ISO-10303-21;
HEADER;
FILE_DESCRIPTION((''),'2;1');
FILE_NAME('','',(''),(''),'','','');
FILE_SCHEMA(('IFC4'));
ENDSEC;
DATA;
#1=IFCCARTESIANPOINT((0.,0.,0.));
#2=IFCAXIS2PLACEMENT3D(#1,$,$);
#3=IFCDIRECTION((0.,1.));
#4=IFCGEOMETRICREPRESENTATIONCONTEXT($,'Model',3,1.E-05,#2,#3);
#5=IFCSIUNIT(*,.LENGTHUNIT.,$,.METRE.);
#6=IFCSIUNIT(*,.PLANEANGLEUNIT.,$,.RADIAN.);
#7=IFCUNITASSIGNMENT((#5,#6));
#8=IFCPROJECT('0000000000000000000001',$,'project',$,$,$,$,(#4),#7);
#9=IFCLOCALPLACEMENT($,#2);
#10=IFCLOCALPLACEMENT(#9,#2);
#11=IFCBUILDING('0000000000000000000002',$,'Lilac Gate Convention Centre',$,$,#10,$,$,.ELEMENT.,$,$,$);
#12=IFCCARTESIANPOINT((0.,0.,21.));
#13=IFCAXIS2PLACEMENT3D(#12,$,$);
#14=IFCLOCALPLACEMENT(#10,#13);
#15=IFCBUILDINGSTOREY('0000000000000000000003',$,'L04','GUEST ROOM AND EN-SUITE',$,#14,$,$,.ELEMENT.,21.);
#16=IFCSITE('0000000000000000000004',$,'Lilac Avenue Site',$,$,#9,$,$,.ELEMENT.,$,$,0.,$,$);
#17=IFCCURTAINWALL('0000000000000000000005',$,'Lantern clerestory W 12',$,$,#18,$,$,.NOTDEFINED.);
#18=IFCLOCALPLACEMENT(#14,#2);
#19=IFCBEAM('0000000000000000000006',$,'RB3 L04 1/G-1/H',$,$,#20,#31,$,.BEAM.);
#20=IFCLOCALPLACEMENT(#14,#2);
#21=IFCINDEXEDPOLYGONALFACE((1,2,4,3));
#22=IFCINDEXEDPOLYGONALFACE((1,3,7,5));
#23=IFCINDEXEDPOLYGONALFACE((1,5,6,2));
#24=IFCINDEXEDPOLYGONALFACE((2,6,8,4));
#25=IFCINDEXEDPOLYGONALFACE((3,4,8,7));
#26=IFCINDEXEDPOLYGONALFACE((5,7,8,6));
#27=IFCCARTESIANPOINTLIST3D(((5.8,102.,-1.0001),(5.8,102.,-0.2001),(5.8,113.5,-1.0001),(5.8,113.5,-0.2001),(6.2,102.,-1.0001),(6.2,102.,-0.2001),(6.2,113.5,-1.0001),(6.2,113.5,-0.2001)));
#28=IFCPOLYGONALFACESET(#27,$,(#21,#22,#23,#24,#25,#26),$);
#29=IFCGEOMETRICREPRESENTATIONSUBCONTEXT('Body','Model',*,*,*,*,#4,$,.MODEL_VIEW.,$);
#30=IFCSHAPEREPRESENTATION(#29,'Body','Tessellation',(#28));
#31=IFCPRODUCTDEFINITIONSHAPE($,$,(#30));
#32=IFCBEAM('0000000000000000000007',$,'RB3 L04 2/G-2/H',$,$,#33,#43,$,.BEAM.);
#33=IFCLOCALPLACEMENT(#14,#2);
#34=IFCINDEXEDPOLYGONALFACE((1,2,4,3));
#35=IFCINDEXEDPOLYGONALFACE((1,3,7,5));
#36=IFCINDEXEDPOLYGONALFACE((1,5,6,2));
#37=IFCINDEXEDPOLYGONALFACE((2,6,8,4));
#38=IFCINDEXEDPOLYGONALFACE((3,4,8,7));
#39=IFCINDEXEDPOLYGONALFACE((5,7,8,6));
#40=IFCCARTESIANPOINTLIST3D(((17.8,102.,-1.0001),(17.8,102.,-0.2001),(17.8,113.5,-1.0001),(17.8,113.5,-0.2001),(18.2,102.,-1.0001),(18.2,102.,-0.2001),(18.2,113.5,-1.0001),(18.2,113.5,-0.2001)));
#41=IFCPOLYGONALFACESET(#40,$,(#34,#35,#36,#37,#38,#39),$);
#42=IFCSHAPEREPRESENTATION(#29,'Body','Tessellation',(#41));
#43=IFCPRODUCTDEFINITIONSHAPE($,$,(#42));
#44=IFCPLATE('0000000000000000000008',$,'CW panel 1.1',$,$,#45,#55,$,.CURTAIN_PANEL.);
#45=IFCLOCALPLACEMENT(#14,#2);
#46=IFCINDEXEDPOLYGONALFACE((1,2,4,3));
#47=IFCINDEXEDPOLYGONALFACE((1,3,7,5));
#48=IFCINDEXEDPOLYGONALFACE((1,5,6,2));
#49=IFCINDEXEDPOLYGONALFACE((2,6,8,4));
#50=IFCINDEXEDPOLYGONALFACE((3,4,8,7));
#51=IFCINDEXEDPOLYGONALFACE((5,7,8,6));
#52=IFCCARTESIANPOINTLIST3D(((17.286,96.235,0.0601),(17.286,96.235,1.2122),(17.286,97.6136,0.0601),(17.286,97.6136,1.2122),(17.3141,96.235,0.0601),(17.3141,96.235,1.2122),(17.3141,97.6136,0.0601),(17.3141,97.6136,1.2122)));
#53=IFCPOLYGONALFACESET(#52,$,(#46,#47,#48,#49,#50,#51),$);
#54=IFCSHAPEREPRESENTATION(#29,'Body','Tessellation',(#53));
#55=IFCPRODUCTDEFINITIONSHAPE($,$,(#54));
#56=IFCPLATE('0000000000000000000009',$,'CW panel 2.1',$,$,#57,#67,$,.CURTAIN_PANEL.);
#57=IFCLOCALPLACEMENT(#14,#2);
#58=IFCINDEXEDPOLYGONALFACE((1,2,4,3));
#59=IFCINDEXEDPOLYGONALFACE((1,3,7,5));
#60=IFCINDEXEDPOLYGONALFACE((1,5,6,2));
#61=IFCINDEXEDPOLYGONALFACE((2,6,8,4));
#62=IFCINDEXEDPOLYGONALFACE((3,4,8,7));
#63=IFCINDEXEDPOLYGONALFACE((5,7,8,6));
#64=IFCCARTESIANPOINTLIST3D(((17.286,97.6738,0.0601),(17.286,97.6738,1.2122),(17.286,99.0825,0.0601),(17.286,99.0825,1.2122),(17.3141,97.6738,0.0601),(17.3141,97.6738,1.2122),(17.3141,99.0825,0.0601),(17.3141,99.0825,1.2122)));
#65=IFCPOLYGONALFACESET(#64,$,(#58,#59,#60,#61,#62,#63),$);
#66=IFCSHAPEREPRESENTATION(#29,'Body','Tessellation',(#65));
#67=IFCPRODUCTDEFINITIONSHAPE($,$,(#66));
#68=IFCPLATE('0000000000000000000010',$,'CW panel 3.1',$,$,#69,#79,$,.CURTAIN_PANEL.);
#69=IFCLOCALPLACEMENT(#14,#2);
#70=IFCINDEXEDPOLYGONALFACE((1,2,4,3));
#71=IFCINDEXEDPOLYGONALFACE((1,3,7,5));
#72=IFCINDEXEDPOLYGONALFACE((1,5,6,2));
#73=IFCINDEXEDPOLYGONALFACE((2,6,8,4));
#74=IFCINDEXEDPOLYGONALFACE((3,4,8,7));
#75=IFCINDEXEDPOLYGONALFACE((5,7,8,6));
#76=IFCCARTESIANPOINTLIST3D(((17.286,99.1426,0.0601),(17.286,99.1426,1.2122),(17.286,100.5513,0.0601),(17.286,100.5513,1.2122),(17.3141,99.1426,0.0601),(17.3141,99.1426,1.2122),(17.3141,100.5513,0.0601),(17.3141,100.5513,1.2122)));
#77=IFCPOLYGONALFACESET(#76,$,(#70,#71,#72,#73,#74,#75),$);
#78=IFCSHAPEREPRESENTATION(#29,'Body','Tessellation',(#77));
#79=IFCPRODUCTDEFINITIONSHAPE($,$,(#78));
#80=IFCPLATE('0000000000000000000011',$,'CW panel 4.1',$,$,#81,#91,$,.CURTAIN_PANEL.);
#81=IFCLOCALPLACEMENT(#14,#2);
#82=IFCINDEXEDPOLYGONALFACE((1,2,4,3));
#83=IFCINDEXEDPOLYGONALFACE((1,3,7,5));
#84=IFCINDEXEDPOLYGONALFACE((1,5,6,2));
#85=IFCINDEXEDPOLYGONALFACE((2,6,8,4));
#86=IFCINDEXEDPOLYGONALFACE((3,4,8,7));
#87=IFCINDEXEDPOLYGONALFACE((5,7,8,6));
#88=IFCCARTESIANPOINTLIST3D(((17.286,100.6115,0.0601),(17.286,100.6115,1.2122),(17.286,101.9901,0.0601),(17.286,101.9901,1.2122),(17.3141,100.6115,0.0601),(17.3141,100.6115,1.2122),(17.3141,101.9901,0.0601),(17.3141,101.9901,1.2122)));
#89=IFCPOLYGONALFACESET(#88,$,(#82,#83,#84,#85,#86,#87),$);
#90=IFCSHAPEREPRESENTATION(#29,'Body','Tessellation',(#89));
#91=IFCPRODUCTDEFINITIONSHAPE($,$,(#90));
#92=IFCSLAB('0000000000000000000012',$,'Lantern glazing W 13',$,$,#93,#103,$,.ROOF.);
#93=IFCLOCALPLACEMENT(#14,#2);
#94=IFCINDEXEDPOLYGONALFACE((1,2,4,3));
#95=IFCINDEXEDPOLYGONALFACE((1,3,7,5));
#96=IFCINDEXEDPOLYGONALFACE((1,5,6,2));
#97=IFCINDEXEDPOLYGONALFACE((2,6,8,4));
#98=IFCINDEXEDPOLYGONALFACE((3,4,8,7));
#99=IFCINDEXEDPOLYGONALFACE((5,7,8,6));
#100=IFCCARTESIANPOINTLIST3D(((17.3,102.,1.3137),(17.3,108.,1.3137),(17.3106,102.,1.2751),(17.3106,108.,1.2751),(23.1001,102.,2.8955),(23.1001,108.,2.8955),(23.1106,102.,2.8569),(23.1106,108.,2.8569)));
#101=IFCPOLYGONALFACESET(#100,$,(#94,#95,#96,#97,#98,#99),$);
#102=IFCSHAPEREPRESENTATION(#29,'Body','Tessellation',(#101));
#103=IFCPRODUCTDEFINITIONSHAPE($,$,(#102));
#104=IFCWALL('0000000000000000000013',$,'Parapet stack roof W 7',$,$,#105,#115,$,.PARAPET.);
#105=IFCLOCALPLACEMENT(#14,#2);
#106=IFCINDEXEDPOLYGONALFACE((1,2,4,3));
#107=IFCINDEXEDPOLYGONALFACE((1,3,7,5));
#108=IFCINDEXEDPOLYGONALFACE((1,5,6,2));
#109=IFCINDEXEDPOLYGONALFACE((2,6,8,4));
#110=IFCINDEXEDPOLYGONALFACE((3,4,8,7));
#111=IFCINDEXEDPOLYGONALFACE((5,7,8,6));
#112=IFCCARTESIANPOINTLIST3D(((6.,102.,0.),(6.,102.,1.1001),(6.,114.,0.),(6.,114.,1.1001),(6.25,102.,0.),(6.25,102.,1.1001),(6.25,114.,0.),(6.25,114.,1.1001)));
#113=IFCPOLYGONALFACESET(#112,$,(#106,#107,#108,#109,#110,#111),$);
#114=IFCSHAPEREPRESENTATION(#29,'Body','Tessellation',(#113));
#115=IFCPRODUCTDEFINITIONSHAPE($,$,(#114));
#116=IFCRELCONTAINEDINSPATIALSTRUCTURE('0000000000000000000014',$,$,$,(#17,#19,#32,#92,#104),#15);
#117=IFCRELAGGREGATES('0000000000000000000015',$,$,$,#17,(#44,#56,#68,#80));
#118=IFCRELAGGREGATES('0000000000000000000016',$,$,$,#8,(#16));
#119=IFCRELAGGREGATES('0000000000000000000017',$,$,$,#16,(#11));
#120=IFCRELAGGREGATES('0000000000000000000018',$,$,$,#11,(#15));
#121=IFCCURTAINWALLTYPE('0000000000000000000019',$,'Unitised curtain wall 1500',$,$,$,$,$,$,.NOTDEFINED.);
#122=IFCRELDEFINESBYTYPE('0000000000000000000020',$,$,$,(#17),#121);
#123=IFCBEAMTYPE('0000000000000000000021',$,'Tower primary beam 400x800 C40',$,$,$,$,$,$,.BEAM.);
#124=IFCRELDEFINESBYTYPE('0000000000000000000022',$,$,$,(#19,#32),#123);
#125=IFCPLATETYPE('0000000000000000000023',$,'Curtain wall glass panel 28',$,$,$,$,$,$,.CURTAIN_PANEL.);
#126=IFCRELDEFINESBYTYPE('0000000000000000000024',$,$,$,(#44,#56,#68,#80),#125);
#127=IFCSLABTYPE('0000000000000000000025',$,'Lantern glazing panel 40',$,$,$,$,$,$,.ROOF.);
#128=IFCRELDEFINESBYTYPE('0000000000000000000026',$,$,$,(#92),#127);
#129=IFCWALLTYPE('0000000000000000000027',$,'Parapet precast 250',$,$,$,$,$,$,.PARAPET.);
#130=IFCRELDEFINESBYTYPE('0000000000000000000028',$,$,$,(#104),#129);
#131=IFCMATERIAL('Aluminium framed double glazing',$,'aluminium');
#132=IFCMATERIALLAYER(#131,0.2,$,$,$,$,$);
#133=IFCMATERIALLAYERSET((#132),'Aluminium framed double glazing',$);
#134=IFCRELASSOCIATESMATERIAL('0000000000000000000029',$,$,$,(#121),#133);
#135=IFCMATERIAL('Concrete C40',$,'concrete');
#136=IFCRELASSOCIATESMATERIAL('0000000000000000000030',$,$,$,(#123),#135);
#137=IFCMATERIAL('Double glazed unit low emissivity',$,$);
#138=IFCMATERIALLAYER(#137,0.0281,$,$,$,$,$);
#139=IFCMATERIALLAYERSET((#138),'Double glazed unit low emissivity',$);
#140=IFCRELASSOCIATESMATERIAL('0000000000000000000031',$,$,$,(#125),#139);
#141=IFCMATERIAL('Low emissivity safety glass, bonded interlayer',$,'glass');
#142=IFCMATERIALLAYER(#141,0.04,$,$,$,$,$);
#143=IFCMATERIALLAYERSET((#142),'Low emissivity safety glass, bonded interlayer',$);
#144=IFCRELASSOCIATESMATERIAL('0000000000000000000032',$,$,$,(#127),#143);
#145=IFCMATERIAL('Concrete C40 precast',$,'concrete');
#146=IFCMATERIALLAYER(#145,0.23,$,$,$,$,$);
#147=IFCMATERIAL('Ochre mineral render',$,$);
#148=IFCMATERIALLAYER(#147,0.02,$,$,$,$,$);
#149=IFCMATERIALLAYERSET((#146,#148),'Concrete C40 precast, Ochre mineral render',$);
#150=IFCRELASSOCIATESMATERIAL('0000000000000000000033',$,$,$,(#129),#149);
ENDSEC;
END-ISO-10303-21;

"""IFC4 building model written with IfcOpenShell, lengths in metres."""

from ifc_helpers import new_model, si_unit, direction, frame, frame_2d, origin, origin_2d, place, context, subcontext, project, spatial, polyline, rectangle, outline, extrude, material, layer, layer_set, material_profile, profile_set, type_object, element, aggregate, save


model = new_model("IFC4")

# Units and contexts
model_context = context("Model", 3, precision=1e-05, world=origin(), true_north=direction((0.0, 1.0)))
body_context = subcontext(model_context, "Body", "Model", "MODEL_VIEW")
ifc_project = project(units=[si_unit("LENGTHUNIT", "METRE"), si_unit("PLANEANGLEUNIT", "RADIAN")], contexts=[model_context])

# Site, building, storey
site_placement = place(None, origin())
site = spatial("IfcSite", under=ifc_project, at=site_placement, Name="Lilac Avenue Site", CompositionType="ELEMENT", RefElevation=0.0)
building_placement = place(site_placement, origin())
building = spatial("IfcBuilding", under=site, at=building_placement, Name="Lilac Gate Convention Centre", CompositionType="ELEMENT")
storey_placement = place(building_placement, frame((0.0, 0.0, 21.0)))
storey = spatial("IfcBuildingStorey", under=building, at=storey_placement, Name="L04", Description="GUEST ROOM AND EN-SUITE", CompositionType="ELEMENT", Elevation=21.0)

# Shared definitions
ifc_material_1 = material(Name="Aluminium framed double glazing", Category="aluminium")
ifc_layer_1 = layer(ifc_material_1, 0.2)
ifc_layer_set_1 = layer_set([ifc_layer_1], Name="Aluminium framed double glazing")
curtain_wall_type = type_object("IfcCurtainWallType", Name="Unitised curtain wall 1500", PredefinedType="NOTDEFINED", material=ifc_layer_set_1)

# Curtain wall
curtain_wall_1_placement = place(storey_placement, origin())
curtain_wall_1 = element("IfcCurtainWall", 1, at=curtain_wall_1_placement, inside=storey, type_object=curtain_wall_type, Name="Lantern clerestory W 12", PredefinedType="NOTDEFINED")

# Beams
ifc_material_2 = material(Name="Concrete C40", Category="concrete")
ifc_material_profile_1 = material_profile(ifc_material_2, rectangle(XDim=0.3999, YDim=0.8, at=origin_2d()), Name="RC 400x800")
ifc_profile_set_1 = profile_set([ifc_material_profile_1], Name="Concrete C40")
beam_type_1 = type_object("IfcBeamType", Name="Tower primary beam 400x800 C40", PredefinedType="BEAM", material=ifc_profile_set_1)
for number, where, z_axis, x_axis, name in (
    (2, (6.0, 102.0, -0.6001), (0.0, 1.0, 0.0), (-1.0, 0.0, 0.0), "RB3 L04 1/G-1/H"),
    (3, (18.0, 102.0, -0.6001), (0.0, 1.0, 0.0), (-1.0, 0.0, 0.0), "RB3 L04 2/G-2/H"),
):
    element("IfcBeam", number, at=place(storey_placement, frame(where, z_axis=z_axis, x_axis=x_axis)), inside=storey, type_object=beam_type_1, Name=name, PredefinedType="BEAM", context=body_context, shape_type="SweptSolid", body=[
        extrude(rectangle(XDim=0.3999, YDim=0.8, at=origin_2d()), origin(), (0.0, 0.0, 1.0), 11.5),
    ])

# Plates
ifc_material_3 = material(Name="Double glazed unit low emissivity")
ifc_layer_2 = layer(ifc_material_3, 0.0281)
ifc_layer_set_2 = layer_set([ifc_layer_2], Name="Double glazed unit low emissivity")
plate_type = type_object("IfcPlateType", Name="Curtain wall glass panel 28", PredefinedType="CURTAIN_PANEL", material=ifc_layer_set_2)
plate_1_placement = place(storey_placement, frame((17.3, 96.9243, 0.0601), z_axis=(0.0, 0.0, 1.0), x_axis=(0.0, 1.0, 0.0)))
plate_1 = element("IfcPlate", 4, at=plate_1_placement, type_object=plate_type, Name="CW panel 1.1", PredefinedType="CURTAIN_PANEL", context=body_context, shape_type="SweptSolid", body=[
    extrude(rectangle(XDim=1.3787, YDim=0.0281, at=origin_2d()), origin(), (0.0, 0.0, 1.0), 1.1521),
])
plate_2_placement = place(storey_placement, frame((17.3, 98.3782, 0.0601), z_axis=(0.0, 0.0, 1.0), x_axis=(0.0, 1.0, 0.0)))
plate_2 = element("IfcPlate", 5, at=plate_2_placement, type_object=plate_type, Name="CW panel 2.1", PredefinedType="CURTAIN_PANEL", context=body_context, shape_type="SweptSolid", body=[
    extrude(rectangle(XDim=1.4087, YDim=0.0281, at=origin_2d()), origin(), (0.0, 0.0, 1.0), 1.1521),
])
plate_3_placement = place(storey_placement, frame((17.3, 99.8469, 0.0601), z_axis=(0.0, 0.0, 1.0), x_axis=(0.0, 1.0, 0.0)))
plate_3 = element("IfcPlate", 6, at=plate_3_placement, type_object=plate_type, Name="CW panel 3.1", PredefinedType="CURTAIN_PANEL", context=body_context, shape_type="SweptSolid", body=[
    extrude(rectangle(XDim=1.4087, YDim=0.0281, at=origin_2d()), origin(), (0.0, 0.0, 1.0), 1.1521),
])
plate_4_placement = place(storey_placement, frame((17.3, 101.3008, 0.0601), z_axis=(0.0, 0.0, 1.0), x_axis=(0.0, 1.0, 0.0)))
plate_4 = element("IfcPlate", 7, at=plate_4_placement, type_object=plate_type, Name="CW panel 4.1", PredefinedType="CURTAIN_PANEL", context=body_context, shape_type="SweptSolid", body=[
    extrude(rectangle(XDim=1.3787, YDim=0.0281, at=origin_2d()), origin(), (0.0, 0.0, 1.0), 1.1521),
])
aggregate(curtain_wall_1, [plate_1, plate_2, plate_3, plate_4])

# Slab
ifc_material_4 = material(Name="Low emissivity safety glass, bonded interlayer", Category="glass")
ifc_layer_3 = layer(ifc_material_4, 0.04)
ifc_layer_set_3 = layer_set([ifc_layer_3], Name="Low emissivity safety glass, bonded interlayer")
slab_type = type_object("IfcSlabType", Name="Lantern glazing panel 40", PredefinedType="ROOF", material=ifc_layer_set_3)
slab_placement = place(storey_placement, frame((17.3, 102.0, 1.3137), z_axis=(-0.263111, 0.0, 0.964766), x_axis=(0.964766, 0.0, 0.263111)))
element("IfcSlab", 8, at=slab_placement, inside=storey, type_object=slab_type, Name="Lantern glazing W 13", PredefinedType="ROOF", context=body_context, shape_type="SweptSolid", body=[
    extrude(outline(polyline([(0.0, 0.0), (6.0119, 0.0), (6.0119, 6.0), (0.0, 6.0), (0.0, 0.0)])), origin(), (0.0, 0.0, -1.0), 0.04),
])

# Wall
ifc_material_5 = material(Name="Concrete C40 precast", Category="concrete")
ifc_layer_4 = layer(ifc_material_5, 0.23)
ifc_material_6 = material(Name="Ochre mineral render")
ifc_layer_5 = layer(ifc_material_6, 0.02)
ifc_layer_set_4 = layer_set([ifc_layer_4, ifc_layer_5], Name="Concrete C40 precast, Ochre mineral render")
wall_type = type_object("IfcWallType", Name="Parapet precast 250", PredefinedType="PARAPET", material=ifc_layer_set_4)
wall_placement = place(storey_placement, frame((6.125, 102.0, 0.0), z_axis=(0.0, 0.0, 1.0), x_axis=(0.0, 1.0, 0.0)))
element("IfcWall", 9, at=wall_placement, inside=storey, type_object=wall_type, Name="Parapet stack roof W 7", PredefinedType="PARAPET", context=body_context, shape_type="SweptSolid", body=[
    extrude(rectangle(XDim=12.0, YDim=0.25, at=frame_2d((6.0, 0.0))), origin(), (0.0, 0.0, 1.0), 1.1001),
])

save(model, "model.ifc")
